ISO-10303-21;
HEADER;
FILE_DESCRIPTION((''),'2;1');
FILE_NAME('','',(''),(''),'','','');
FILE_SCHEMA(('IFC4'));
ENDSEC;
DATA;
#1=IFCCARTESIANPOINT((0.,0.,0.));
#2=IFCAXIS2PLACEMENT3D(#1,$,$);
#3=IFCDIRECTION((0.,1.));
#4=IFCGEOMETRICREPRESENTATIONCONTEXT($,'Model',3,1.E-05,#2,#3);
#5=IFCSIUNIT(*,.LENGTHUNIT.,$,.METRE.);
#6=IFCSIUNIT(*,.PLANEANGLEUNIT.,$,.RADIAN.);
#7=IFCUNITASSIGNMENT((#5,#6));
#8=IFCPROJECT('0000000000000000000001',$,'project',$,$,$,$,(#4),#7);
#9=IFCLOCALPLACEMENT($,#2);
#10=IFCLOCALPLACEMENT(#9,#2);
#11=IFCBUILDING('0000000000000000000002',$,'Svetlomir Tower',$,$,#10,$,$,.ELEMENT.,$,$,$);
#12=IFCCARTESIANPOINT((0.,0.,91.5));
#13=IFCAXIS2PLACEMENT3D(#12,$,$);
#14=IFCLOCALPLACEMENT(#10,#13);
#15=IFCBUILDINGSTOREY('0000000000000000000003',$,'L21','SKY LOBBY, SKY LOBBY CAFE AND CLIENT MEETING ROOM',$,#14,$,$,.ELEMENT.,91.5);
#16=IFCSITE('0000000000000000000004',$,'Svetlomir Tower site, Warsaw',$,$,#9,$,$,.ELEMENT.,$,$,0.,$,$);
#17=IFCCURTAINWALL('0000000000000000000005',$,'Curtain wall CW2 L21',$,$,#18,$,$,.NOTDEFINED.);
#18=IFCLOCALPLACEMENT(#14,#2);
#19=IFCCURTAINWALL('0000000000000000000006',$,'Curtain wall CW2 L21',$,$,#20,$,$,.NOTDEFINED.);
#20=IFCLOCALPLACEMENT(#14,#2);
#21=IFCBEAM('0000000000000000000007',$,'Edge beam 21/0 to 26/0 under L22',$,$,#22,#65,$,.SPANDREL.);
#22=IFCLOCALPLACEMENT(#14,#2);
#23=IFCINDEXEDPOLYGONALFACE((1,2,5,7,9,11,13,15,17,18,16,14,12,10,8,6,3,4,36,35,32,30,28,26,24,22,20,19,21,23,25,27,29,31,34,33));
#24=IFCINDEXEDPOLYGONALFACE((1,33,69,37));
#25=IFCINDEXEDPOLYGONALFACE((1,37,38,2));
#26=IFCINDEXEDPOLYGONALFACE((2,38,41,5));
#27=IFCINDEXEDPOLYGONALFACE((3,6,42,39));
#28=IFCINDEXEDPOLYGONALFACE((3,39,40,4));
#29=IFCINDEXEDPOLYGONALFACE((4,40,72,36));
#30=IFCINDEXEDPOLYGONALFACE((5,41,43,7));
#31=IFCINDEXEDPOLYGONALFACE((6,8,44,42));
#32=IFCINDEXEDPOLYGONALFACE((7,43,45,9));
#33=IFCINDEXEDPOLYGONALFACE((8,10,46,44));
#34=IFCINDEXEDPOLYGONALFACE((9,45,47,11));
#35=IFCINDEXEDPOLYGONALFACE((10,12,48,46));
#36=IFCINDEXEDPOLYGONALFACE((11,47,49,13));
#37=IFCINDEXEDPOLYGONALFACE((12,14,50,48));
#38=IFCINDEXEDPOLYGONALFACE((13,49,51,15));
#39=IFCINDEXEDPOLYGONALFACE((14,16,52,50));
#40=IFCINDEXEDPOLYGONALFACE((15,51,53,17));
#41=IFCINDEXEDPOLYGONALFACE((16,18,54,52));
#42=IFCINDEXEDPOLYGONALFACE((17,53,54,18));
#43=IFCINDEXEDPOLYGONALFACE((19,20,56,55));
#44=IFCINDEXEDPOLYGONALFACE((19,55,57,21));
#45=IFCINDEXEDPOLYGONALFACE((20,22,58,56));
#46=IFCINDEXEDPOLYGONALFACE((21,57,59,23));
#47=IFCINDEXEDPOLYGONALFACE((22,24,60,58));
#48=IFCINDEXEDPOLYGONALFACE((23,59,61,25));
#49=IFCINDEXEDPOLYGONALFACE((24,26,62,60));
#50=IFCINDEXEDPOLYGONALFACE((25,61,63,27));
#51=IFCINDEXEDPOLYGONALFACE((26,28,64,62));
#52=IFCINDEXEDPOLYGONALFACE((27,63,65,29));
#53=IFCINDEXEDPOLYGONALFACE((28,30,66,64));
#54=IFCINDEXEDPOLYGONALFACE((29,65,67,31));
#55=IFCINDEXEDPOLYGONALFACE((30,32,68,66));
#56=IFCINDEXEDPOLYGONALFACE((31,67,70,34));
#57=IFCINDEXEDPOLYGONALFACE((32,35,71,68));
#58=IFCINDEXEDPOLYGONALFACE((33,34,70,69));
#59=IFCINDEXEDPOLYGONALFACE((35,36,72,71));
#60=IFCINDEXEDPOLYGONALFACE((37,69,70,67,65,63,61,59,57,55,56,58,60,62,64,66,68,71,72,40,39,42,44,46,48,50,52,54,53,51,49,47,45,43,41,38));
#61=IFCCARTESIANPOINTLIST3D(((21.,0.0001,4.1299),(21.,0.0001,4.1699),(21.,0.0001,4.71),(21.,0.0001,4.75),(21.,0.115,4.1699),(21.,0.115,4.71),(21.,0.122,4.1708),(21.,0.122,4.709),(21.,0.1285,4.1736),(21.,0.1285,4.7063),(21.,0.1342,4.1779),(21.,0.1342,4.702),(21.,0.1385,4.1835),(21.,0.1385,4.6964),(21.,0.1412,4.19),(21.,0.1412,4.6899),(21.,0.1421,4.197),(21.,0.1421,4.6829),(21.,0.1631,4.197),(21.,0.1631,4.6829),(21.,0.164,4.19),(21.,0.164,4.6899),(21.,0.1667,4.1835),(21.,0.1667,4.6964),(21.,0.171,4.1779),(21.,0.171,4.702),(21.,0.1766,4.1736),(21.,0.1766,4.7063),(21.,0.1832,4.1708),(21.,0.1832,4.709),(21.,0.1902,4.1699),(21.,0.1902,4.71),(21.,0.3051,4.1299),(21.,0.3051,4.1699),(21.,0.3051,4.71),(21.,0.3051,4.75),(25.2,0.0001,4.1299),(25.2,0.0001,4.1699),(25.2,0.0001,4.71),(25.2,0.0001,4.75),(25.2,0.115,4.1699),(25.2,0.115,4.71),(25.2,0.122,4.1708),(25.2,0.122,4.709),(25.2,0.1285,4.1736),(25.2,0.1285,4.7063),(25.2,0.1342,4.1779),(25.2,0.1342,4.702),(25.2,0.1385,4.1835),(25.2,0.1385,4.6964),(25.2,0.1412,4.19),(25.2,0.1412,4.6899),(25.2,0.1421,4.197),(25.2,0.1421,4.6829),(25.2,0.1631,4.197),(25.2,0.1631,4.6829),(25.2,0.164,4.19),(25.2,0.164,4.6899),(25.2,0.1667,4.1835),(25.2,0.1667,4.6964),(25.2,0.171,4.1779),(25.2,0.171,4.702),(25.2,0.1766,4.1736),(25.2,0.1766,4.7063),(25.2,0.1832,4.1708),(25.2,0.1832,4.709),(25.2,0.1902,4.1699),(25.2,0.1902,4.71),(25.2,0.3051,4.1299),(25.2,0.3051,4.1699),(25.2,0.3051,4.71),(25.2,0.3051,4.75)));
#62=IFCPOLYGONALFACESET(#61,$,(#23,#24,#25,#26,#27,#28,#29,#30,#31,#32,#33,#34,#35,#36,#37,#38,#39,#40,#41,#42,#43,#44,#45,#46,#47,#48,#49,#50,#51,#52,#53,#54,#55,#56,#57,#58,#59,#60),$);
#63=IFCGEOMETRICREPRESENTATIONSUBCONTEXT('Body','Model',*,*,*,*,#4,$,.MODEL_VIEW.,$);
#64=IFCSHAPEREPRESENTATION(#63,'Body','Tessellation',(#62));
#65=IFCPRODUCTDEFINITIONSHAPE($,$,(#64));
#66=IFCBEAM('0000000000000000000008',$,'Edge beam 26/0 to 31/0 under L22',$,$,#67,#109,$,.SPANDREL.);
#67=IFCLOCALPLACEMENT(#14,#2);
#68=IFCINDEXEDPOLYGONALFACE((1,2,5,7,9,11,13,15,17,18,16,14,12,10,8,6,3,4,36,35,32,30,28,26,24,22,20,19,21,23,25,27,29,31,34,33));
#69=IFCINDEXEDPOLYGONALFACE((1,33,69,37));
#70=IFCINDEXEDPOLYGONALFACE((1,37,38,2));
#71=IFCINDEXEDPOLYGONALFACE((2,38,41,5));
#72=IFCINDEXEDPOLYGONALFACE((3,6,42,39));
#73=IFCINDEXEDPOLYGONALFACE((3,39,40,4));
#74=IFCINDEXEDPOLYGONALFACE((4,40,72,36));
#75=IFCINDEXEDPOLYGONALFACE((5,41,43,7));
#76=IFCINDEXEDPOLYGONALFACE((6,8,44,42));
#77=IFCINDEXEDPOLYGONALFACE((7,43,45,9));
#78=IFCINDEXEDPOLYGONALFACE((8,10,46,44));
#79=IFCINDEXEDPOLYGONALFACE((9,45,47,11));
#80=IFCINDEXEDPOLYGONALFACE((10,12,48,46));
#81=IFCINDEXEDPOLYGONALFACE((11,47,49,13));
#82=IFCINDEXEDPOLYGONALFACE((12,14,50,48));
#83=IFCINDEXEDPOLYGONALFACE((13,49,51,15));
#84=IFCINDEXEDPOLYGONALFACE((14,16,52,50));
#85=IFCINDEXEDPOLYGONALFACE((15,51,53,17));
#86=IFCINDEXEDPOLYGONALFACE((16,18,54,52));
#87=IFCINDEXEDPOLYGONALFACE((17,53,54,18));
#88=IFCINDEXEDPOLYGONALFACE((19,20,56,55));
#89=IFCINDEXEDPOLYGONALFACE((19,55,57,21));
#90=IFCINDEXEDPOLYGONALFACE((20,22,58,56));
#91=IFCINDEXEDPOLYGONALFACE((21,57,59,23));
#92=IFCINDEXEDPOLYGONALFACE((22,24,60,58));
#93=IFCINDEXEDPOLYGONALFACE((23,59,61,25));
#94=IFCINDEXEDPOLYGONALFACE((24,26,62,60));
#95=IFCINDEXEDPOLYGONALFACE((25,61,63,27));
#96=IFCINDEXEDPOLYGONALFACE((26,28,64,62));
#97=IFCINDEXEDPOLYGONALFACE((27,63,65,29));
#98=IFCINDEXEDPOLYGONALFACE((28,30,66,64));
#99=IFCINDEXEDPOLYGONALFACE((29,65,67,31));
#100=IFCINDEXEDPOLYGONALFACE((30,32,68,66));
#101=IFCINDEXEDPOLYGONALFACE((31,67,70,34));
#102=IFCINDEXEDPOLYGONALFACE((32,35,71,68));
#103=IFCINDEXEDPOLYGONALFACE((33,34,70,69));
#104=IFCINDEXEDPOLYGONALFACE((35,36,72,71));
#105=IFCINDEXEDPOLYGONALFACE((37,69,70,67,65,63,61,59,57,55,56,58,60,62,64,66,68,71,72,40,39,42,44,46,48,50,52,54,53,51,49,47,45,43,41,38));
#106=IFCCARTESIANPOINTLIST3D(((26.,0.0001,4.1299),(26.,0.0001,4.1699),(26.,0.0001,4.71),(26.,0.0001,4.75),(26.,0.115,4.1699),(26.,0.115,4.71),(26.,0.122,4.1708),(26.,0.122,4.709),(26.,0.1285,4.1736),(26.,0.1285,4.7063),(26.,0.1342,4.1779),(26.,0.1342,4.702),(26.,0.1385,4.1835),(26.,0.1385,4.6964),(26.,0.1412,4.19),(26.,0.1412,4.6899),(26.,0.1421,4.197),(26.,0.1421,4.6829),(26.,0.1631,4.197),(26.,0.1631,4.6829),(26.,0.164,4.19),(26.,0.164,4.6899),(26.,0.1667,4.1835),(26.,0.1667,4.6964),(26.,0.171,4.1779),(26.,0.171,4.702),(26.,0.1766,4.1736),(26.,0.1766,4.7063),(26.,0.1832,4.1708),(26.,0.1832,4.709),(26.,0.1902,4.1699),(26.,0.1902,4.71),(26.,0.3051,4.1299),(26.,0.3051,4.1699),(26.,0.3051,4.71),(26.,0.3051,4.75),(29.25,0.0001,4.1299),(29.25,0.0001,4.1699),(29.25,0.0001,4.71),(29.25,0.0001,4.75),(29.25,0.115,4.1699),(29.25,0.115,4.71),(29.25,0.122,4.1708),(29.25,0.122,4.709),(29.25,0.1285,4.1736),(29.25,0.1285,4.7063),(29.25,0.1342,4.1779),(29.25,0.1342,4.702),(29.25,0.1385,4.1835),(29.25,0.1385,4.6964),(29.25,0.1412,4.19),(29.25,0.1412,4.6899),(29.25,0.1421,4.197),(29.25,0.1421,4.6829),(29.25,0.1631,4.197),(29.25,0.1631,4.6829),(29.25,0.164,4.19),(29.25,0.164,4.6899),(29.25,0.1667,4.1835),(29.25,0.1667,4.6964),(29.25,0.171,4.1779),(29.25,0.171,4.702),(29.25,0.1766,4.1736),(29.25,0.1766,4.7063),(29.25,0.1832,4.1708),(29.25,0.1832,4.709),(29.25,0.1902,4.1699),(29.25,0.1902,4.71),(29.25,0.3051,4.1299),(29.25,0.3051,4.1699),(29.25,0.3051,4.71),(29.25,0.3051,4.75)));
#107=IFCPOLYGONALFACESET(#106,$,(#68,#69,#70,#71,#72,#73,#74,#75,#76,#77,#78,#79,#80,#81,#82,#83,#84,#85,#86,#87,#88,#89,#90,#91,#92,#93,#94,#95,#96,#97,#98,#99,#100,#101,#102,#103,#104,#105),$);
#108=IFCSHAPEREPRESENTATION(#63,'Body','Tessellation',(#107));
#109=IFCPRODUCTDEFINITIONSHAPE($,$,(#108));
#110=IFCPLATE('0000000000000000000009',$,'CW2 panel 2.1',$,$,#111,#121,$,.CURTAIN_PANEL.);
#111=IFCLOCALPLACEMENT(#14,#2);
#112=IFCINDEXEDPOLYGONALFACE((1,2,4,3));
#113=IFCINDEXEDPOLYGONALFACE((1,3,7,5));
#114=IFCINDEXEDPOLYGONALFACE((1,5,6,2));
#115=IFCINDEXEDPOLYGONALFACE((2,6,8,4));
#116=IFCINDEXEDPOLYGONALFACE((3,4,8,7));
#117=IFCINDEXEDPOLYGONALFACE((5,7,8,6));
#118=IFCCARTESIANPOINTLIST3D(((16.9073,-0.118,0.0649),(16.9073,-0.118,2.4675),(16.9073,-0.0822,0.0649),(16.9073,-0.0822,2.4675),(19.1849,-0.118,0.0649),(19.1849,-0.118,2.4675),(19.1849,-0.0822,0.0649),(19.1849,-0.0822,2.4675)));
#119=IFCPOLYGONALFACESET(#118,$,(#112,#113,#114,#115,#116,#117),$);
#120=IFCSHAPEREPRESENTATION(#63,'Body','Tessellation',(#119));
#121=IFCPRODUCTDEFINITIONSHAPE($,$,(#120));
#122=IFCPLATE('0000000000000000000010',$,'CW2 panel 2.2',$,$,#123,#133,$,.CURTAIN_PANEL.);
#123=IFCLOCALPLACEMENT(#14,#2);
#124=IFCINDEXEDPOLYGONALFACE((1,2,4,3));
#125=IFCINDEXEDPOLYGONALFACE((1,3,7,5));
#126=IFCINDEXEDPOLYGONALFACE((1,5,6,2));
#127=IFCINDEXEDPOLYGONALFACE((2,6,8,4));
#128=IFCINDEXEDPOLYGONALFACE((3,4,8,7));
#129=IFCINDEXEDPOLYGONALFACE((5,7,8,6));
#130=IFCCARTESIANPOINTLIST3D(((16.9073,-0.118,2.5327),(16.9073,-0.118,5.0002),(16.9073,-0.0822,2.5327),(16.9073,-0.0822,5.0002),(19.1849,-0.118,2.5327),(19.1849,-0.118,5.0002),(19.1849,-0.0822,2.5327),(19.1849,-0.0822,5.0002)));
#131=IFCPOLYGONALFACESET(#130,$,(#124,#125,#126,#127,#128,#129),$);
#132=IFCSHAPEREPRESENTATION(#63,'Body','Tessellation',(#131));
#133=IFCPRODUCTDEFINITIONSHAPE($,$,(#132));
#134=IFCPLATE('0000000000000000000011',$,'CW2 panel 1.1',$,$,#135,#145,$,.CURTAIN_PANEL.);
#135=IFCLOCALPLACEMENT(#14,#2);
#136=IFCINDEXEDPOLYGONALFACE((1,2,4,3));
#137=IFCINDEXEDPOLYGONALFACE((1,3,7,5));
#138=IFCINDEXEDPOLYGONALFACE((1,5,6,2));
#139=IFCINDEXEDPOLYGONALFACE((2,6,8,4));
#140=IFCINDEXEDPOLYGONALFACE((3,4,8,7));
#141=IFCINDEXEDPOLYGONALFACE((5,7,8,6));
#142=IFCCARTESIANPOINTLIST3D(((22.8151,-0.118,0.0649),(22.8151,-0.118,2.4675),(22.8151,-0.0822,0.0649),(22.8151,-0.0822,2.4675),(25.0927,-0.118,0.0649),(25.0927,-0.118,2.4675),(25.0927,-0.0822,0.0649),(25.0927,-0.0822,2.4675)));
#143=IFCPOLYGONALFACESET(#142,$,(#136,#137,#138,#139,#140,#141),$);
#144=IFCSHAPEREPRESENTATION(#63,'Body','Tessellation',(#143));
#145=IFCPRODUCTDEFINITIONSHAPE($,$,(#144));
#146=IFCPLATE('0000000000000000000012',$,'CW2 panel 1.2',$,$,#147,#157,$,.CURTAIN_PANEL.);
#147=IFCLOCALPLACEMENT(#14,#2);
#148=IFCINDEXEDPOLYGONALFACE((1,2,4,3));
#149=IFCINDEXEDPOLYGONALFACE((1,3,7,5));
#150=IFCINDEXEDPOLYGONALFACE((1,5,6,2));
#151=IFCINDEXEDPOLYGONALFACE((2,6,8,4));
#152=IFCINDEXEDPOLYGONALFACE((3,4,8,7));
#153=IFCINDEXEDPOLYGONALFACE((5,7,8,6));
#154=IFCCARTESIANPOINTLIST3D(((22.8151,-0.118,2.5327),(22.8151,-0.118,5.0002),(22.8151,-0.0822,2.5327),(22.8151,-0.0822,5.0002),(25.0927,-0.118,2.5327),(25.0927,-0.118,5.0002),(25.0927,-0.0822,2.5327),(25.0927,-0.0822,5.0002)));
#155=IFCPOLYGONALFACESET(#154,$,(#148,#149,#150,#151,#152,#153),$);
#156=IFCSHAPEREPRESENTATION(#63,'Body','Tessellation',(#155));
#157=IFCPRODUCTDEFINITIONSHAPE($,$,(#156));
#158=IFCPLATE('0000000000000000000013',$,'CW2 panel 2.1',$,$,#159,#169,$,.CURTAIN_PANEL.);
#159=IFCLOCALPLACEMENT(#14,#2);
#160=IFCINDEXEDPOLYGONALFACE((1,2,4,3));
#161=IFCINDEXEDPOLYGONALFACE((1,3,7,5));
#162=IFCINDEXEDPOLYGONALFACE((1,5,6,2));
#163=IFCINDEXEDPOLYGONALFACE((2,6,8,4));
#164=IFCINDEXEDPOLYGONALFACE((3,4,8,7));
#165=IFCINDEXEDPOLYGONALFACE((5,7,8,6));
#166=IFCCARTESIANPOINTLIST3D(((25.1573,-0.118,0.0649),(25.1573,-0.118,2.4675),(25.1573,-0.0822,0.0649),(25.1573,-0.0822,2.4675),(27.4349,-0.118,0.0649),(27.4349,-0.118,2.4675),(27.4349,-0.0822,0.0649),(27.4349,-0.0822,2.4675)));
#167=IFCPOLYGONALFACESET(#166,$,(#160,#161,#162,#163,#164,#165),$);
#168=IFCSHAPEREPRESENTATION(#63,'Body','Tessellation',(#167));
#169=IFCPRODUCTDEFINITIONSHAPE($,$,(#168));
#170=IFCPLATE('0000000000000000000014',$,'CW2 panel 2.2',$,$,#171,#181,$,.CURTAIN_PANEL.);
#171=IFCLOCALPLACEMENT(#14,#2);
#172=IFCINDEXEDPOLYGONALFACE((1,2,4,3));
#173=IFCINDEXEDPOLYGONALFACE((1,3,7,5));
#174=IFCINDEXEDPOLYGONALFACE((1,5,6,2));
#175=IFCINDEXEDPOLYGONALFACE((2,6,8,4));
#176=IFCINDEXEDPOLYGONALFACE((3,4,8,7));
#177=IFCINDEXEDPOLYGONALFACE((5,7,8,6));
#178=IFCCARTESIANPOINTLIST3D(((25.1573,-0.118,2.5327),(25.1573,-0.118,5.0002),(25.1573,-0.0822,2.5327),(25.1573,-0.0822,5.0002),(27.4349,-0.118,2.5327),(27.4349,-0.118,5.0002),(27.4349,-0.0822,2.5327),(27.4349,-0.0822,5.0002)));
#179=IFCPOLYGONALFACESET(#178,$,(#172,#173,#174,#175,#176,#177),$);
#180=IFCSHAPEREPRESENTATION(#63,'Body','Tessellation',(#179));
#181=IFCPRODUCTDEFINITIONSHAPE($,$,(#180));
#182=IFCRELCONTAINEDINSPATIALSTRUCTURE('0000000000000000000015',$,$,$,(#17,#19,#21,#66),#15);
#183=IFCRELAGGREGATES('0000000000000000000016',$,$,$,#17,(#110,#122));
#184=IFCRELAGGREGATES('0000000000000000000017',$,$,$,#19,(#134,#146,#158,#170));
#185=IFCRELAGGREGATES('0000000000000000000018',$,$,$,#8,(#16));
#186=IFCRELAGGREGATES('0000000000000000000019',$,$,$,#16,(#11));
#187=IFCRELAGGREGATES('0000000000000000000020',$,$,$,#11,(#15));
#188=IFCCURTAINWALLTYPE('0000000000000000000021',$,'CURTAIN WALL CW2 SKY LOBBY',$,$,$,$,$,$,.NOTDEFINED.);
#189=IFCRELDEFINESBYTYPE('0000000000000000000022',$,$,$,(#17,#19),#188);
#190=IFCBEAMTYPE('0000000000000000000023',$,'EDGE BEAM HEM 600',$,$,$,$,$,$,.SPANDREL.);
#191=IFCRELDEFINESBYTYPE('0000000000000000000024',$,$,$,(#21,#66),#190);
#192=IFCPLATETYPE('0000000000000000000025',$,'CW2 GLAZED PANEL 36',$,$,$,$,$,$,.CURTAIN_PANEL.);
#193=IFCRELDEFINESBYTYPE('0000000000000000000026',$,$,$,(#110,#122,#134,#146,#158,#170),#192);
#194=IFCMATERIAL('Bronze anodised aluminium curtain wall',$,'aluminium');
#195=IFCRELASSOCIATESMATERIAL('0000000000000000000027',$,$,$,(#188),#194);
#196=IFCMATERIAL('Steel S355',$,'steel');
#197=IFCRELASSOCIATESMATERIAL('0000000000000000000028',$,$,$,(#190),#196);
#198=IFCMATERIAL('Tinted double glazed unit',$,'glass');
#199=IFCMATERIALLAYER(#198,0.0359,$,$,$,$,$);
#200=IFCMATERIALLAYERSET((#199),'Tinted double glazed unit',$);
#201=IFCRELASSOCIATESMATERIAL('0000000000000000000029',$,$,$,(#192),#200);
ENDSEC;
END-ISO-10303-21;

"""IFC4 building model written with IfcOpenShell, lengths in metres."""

from ifc_helpers import new_model, si_unit, direction, frame, origin, origin_2d, place, context, subcontext, project, spatial, rectangle, i_section, extrude, material, layer, layer_set, material_profile, profile_set, type_object, element, aggregate, save


model = new_model("IFC4")

# Units and contexts
model_context = context("Model", 3, precision=1e-05, world=origin(), true_north=direction((0.0, 1.0)))
body_context = subcontext(model_context, "Body", "Model", "MODEL_VIEW")
ifc_project = project(units=[si_unit("LENGTHUNIT", "METRE"), si_unit("PLANEANGLEUNIT", "RADIAN")], contexts=[model_context])

# Site, building, storey
site_placement = place(None, origin())
site = spatial("IfcSite", under=ifc_project, at=site_placement, Name="Svetlomir Tower site, Warsaw", CompositionType="ELEMENT", RefElevation=0.0)
building_placement = place(site_placement, origin())
building = spatial("IfcBuilding", under=site, at=building_placement, Name="Svetlomir Tower", CompositionType="ELEMENT")
storey_placement = place(building_placement, frame((0.0, 0.0, 91.5)))
storey = spatial("IfcBuildingStorey", under=building, at=storey_placement, Name="L21", Description="SKY LOBBY, SKY LOBBY CAFE AND CLIENT MEETING ROOM", CompositionType="ELEMENT", Elevation=91.5)

# Curtain walls
ifc_material_1 = material(Name="Bronze anodised aluminium curtain wall", Category="aluminium")
curtain_wall_type = type_object("IfcCurtainWallType", Name="CURTAIN WALL CW2 SKY LOBBY", PredefinedType="NOTDEFINED", material=ifc_material_1)
curtain_wall_1_placement = place(storey_placement, origin())
curtain_wall_1 = element("IfcCurtainWall", 1, at=curtain_wall_1_placement, inside=storey, type_object=curtain_wall_type, Name="Curtain wall CW2 L21", PredefinedType="NOTDEFINED")
curtain_wall_2_placement = place(storey_placement, origin())
curtain_wall_2 = element("IfcCurtainWall", 2, at=curtain_wall_2_placement, inside=storey, type_object=curtain_wall_type, Name="Curtain wall CW2 L21", PredefinedType="NOTDEFINED")

# Beams
ifc_material_2 = material(Name="Steel S355", Category="steel")
ifc_material_profile_1 = material_profile(ifc_material_2, i_section(OverallWidth=0.3049, OverallDepth=0.6201, WebThickness=0.021, FlangeThickness=0.04, FilletRadius=0.0271, at=origin_2d()), Name="HEM 600")
ifc_profile_set_1 = profile_set([ifc_material_profile_1], Name="Steel S355")
beam_type = type_object("IfcBeamType", Name="EDGE BEAM HEM 600", PredefinedType="SPANDREL", material=ifc_profile_set_1)
beam_1_placement = place(storey_placement, frame((21.0, 0.1526, 4.4399), z_axis=(1.0, 0.0, 0.0), x_axis=(0.0, 1.0, 0.0)))
element("IfcBeam", 3, at=beam_1_placement, inside=storey, type_object=beam_type, Name="Edge beam 21/0 to 26/0 under L22", PredefinedType="SPANDREL", context=body_context, shape_type="SweptSolid", body=[
    extrude(i_section(OverallWidth=0.3049, OverallDepth=0.6201, WebThickness=0.021, FlangeThickness=0.04, FilletRadius=0.0271, at=origin_2d()), origin(), (0.0, 0.0, 1.0), 4.2),
])
beam_2_placement = place(storey_placement, frame((26.0, 0.1526, 4.4399), z_axis=(1.0, 0.0, 0.0), x_axis=(0.0, 1.0, 0.0)))
element("IfcBeam", 4, at=beam_2_placement, inside=storey, type_object=beam_type, Name="Edge beam 26/0 to 31/0 under L22", PredefinedType="SPANDREL", context=body_context, shape_type="SweptSolid", body=[
    extrude(i_section(OverallWidth=0.3049, OverallDepth=0.6201, WebThickness=0.021, FlangeThickness=0.04, FilletRadius=0.0271, at=origin_2d()), origin(), (0.0, 0.0, 1.0), 3.25),
])

# Plates
ifc_material_3 = material(Name="Tinted double glazed unit", Category="glass")
ifc_layer = layer(ifc_material_3, 0.0359)
ifc_layer_set = layer_set([ifc_layer], Name="Tinted double glazed unit")
plate_type = type_object("IfcPlateType", Name="CW2 GLAZED PANEL 36", PredefinedType="CURTAIN_PANEL", material=ifc_layer_set)
plate_1_placement = place(storey_placement, frame((18.0461, -0.1001, 0.0649), z_axis=(0.0, 0.0, 1.0), x_axis=(1.0, 0.0, 0.0)))
plate_1 = element("IfcPlate", 5, at=plate_1_placement, type_object=plate_type, Name="CW2 panel 2.1", PredefinedType="CURTAIN_PANEL", context=body_context, shape_type="SweptSolid", body=[
    extrude(rectangle(XDim=2.2776, YDim=0.0359, at=origin_2d()), origin(), (0.0, 0.0, 1.0), 2.4026),
])
plate_2_placement = place(storey_placement, frame((18.0461, -0.1001, 2.5327), z_axis=(0.0, 0.0, 1.0), x_axis=(1.0, 0.0, 0.0)))
plate_2 = element("IfcPlate", 6, at=plate_2_placement, type_object=plate_type, Name="CW2 panel 2.2", PredefinedType="CURTAIN_PANEL", context=body_context, shape_type="SweptSolid", body=[
    extrude(rectangle(XDim=2.2776, YDim=0.0359, at=origin_2d()), origin(), (0.0, 0.0, 1.0), 2.4675),
])
aggregate(curtain_wall_1, [plate_1, plate_2])
plate_3_placement = place(storey_placement, frame((23.9539, -0.1001, 0.0649), z_axis=(0.0, 0.0, 1.0), x_axis=(1.0, 0.0, 0.0)))
plate_3 = element("IfcPlate", 7, at=plate_3_placement, type_object=plate_type, Name="CW2 panel 1.1", PredefinedType="CURTAIN_PANEL", context=body_context, shape_type="SweptSolid", body=[
    extrude(rectangle(XDim=2.2776, YDim=0.0359, at=origin_2d()), origin(), (0.0, 0.0, 1.0), 2.4026),
])
plate_4_placement = place(storey_placement, frame((23.9539, -0.1001, 2.5327), z_axis=(0.0, 0.0, 1.0), x_axis=(1.0, 0.0, 0.0)))
plate_4 = element("IfcPlate", 8, at=plate_4_placement, type_object=plate_type, Name="CW2 panel 1.2", PredefinedType="CURTAIN_PANEL", context=body_context, shape_type="SweptSolid", body=[
    extrude(rectangle(XDim=2.2776, YDim=0.0359, at=origin_2d()), origin(), (0.0, 0.0, 1.0), 2.4675),
])
plate_5_placement = place(storey_placement, frame((26.2961, -0.1001, 0.0649), z_axis=(0.0, 0.0, 1.0), x_axis=(1.0, 0.0, 0.0)))
plate_5 = element("IfcPlate", 9, at=plate_5_placement, type_object=plate_type, Name="CW2 panel 2.1", PredefinedType="CURTAIN_PANEL", context=body_context, shape_type="SweptSolid", body=[
    extrude(rectangle(XDim=2.2776, YDim=0.0359, at=origin_2d()), origin(), (0.0, 0.0, 1.0), 2.4026),
])
plate_6_placement = place(storey_placement, frame((26.2961, -0.1001, 2.5327), z_axis=(0.0, 0.0, 1.0), x_axis=(1.0, 0.0, 0.0)))
plate_6 = element("IfcPlate", 10, at=plate_6_placement, type_object=plate_type, Name="CW2 panel 2.2", PredefinedType="CURTAIN_PANEL", context=body_context, shape_type="SweptSolid", body=[
    extrude(rectangle(XDim=2.2776, YDim=0.0359, at=origin_2d()), origin(), (0.0, 0.0, 1.0), 2.4675),
])
aggregate(curtain_wall_2, [plate_3, plate_4, plate_5, plate_6])

save(model, "model.ifc")
